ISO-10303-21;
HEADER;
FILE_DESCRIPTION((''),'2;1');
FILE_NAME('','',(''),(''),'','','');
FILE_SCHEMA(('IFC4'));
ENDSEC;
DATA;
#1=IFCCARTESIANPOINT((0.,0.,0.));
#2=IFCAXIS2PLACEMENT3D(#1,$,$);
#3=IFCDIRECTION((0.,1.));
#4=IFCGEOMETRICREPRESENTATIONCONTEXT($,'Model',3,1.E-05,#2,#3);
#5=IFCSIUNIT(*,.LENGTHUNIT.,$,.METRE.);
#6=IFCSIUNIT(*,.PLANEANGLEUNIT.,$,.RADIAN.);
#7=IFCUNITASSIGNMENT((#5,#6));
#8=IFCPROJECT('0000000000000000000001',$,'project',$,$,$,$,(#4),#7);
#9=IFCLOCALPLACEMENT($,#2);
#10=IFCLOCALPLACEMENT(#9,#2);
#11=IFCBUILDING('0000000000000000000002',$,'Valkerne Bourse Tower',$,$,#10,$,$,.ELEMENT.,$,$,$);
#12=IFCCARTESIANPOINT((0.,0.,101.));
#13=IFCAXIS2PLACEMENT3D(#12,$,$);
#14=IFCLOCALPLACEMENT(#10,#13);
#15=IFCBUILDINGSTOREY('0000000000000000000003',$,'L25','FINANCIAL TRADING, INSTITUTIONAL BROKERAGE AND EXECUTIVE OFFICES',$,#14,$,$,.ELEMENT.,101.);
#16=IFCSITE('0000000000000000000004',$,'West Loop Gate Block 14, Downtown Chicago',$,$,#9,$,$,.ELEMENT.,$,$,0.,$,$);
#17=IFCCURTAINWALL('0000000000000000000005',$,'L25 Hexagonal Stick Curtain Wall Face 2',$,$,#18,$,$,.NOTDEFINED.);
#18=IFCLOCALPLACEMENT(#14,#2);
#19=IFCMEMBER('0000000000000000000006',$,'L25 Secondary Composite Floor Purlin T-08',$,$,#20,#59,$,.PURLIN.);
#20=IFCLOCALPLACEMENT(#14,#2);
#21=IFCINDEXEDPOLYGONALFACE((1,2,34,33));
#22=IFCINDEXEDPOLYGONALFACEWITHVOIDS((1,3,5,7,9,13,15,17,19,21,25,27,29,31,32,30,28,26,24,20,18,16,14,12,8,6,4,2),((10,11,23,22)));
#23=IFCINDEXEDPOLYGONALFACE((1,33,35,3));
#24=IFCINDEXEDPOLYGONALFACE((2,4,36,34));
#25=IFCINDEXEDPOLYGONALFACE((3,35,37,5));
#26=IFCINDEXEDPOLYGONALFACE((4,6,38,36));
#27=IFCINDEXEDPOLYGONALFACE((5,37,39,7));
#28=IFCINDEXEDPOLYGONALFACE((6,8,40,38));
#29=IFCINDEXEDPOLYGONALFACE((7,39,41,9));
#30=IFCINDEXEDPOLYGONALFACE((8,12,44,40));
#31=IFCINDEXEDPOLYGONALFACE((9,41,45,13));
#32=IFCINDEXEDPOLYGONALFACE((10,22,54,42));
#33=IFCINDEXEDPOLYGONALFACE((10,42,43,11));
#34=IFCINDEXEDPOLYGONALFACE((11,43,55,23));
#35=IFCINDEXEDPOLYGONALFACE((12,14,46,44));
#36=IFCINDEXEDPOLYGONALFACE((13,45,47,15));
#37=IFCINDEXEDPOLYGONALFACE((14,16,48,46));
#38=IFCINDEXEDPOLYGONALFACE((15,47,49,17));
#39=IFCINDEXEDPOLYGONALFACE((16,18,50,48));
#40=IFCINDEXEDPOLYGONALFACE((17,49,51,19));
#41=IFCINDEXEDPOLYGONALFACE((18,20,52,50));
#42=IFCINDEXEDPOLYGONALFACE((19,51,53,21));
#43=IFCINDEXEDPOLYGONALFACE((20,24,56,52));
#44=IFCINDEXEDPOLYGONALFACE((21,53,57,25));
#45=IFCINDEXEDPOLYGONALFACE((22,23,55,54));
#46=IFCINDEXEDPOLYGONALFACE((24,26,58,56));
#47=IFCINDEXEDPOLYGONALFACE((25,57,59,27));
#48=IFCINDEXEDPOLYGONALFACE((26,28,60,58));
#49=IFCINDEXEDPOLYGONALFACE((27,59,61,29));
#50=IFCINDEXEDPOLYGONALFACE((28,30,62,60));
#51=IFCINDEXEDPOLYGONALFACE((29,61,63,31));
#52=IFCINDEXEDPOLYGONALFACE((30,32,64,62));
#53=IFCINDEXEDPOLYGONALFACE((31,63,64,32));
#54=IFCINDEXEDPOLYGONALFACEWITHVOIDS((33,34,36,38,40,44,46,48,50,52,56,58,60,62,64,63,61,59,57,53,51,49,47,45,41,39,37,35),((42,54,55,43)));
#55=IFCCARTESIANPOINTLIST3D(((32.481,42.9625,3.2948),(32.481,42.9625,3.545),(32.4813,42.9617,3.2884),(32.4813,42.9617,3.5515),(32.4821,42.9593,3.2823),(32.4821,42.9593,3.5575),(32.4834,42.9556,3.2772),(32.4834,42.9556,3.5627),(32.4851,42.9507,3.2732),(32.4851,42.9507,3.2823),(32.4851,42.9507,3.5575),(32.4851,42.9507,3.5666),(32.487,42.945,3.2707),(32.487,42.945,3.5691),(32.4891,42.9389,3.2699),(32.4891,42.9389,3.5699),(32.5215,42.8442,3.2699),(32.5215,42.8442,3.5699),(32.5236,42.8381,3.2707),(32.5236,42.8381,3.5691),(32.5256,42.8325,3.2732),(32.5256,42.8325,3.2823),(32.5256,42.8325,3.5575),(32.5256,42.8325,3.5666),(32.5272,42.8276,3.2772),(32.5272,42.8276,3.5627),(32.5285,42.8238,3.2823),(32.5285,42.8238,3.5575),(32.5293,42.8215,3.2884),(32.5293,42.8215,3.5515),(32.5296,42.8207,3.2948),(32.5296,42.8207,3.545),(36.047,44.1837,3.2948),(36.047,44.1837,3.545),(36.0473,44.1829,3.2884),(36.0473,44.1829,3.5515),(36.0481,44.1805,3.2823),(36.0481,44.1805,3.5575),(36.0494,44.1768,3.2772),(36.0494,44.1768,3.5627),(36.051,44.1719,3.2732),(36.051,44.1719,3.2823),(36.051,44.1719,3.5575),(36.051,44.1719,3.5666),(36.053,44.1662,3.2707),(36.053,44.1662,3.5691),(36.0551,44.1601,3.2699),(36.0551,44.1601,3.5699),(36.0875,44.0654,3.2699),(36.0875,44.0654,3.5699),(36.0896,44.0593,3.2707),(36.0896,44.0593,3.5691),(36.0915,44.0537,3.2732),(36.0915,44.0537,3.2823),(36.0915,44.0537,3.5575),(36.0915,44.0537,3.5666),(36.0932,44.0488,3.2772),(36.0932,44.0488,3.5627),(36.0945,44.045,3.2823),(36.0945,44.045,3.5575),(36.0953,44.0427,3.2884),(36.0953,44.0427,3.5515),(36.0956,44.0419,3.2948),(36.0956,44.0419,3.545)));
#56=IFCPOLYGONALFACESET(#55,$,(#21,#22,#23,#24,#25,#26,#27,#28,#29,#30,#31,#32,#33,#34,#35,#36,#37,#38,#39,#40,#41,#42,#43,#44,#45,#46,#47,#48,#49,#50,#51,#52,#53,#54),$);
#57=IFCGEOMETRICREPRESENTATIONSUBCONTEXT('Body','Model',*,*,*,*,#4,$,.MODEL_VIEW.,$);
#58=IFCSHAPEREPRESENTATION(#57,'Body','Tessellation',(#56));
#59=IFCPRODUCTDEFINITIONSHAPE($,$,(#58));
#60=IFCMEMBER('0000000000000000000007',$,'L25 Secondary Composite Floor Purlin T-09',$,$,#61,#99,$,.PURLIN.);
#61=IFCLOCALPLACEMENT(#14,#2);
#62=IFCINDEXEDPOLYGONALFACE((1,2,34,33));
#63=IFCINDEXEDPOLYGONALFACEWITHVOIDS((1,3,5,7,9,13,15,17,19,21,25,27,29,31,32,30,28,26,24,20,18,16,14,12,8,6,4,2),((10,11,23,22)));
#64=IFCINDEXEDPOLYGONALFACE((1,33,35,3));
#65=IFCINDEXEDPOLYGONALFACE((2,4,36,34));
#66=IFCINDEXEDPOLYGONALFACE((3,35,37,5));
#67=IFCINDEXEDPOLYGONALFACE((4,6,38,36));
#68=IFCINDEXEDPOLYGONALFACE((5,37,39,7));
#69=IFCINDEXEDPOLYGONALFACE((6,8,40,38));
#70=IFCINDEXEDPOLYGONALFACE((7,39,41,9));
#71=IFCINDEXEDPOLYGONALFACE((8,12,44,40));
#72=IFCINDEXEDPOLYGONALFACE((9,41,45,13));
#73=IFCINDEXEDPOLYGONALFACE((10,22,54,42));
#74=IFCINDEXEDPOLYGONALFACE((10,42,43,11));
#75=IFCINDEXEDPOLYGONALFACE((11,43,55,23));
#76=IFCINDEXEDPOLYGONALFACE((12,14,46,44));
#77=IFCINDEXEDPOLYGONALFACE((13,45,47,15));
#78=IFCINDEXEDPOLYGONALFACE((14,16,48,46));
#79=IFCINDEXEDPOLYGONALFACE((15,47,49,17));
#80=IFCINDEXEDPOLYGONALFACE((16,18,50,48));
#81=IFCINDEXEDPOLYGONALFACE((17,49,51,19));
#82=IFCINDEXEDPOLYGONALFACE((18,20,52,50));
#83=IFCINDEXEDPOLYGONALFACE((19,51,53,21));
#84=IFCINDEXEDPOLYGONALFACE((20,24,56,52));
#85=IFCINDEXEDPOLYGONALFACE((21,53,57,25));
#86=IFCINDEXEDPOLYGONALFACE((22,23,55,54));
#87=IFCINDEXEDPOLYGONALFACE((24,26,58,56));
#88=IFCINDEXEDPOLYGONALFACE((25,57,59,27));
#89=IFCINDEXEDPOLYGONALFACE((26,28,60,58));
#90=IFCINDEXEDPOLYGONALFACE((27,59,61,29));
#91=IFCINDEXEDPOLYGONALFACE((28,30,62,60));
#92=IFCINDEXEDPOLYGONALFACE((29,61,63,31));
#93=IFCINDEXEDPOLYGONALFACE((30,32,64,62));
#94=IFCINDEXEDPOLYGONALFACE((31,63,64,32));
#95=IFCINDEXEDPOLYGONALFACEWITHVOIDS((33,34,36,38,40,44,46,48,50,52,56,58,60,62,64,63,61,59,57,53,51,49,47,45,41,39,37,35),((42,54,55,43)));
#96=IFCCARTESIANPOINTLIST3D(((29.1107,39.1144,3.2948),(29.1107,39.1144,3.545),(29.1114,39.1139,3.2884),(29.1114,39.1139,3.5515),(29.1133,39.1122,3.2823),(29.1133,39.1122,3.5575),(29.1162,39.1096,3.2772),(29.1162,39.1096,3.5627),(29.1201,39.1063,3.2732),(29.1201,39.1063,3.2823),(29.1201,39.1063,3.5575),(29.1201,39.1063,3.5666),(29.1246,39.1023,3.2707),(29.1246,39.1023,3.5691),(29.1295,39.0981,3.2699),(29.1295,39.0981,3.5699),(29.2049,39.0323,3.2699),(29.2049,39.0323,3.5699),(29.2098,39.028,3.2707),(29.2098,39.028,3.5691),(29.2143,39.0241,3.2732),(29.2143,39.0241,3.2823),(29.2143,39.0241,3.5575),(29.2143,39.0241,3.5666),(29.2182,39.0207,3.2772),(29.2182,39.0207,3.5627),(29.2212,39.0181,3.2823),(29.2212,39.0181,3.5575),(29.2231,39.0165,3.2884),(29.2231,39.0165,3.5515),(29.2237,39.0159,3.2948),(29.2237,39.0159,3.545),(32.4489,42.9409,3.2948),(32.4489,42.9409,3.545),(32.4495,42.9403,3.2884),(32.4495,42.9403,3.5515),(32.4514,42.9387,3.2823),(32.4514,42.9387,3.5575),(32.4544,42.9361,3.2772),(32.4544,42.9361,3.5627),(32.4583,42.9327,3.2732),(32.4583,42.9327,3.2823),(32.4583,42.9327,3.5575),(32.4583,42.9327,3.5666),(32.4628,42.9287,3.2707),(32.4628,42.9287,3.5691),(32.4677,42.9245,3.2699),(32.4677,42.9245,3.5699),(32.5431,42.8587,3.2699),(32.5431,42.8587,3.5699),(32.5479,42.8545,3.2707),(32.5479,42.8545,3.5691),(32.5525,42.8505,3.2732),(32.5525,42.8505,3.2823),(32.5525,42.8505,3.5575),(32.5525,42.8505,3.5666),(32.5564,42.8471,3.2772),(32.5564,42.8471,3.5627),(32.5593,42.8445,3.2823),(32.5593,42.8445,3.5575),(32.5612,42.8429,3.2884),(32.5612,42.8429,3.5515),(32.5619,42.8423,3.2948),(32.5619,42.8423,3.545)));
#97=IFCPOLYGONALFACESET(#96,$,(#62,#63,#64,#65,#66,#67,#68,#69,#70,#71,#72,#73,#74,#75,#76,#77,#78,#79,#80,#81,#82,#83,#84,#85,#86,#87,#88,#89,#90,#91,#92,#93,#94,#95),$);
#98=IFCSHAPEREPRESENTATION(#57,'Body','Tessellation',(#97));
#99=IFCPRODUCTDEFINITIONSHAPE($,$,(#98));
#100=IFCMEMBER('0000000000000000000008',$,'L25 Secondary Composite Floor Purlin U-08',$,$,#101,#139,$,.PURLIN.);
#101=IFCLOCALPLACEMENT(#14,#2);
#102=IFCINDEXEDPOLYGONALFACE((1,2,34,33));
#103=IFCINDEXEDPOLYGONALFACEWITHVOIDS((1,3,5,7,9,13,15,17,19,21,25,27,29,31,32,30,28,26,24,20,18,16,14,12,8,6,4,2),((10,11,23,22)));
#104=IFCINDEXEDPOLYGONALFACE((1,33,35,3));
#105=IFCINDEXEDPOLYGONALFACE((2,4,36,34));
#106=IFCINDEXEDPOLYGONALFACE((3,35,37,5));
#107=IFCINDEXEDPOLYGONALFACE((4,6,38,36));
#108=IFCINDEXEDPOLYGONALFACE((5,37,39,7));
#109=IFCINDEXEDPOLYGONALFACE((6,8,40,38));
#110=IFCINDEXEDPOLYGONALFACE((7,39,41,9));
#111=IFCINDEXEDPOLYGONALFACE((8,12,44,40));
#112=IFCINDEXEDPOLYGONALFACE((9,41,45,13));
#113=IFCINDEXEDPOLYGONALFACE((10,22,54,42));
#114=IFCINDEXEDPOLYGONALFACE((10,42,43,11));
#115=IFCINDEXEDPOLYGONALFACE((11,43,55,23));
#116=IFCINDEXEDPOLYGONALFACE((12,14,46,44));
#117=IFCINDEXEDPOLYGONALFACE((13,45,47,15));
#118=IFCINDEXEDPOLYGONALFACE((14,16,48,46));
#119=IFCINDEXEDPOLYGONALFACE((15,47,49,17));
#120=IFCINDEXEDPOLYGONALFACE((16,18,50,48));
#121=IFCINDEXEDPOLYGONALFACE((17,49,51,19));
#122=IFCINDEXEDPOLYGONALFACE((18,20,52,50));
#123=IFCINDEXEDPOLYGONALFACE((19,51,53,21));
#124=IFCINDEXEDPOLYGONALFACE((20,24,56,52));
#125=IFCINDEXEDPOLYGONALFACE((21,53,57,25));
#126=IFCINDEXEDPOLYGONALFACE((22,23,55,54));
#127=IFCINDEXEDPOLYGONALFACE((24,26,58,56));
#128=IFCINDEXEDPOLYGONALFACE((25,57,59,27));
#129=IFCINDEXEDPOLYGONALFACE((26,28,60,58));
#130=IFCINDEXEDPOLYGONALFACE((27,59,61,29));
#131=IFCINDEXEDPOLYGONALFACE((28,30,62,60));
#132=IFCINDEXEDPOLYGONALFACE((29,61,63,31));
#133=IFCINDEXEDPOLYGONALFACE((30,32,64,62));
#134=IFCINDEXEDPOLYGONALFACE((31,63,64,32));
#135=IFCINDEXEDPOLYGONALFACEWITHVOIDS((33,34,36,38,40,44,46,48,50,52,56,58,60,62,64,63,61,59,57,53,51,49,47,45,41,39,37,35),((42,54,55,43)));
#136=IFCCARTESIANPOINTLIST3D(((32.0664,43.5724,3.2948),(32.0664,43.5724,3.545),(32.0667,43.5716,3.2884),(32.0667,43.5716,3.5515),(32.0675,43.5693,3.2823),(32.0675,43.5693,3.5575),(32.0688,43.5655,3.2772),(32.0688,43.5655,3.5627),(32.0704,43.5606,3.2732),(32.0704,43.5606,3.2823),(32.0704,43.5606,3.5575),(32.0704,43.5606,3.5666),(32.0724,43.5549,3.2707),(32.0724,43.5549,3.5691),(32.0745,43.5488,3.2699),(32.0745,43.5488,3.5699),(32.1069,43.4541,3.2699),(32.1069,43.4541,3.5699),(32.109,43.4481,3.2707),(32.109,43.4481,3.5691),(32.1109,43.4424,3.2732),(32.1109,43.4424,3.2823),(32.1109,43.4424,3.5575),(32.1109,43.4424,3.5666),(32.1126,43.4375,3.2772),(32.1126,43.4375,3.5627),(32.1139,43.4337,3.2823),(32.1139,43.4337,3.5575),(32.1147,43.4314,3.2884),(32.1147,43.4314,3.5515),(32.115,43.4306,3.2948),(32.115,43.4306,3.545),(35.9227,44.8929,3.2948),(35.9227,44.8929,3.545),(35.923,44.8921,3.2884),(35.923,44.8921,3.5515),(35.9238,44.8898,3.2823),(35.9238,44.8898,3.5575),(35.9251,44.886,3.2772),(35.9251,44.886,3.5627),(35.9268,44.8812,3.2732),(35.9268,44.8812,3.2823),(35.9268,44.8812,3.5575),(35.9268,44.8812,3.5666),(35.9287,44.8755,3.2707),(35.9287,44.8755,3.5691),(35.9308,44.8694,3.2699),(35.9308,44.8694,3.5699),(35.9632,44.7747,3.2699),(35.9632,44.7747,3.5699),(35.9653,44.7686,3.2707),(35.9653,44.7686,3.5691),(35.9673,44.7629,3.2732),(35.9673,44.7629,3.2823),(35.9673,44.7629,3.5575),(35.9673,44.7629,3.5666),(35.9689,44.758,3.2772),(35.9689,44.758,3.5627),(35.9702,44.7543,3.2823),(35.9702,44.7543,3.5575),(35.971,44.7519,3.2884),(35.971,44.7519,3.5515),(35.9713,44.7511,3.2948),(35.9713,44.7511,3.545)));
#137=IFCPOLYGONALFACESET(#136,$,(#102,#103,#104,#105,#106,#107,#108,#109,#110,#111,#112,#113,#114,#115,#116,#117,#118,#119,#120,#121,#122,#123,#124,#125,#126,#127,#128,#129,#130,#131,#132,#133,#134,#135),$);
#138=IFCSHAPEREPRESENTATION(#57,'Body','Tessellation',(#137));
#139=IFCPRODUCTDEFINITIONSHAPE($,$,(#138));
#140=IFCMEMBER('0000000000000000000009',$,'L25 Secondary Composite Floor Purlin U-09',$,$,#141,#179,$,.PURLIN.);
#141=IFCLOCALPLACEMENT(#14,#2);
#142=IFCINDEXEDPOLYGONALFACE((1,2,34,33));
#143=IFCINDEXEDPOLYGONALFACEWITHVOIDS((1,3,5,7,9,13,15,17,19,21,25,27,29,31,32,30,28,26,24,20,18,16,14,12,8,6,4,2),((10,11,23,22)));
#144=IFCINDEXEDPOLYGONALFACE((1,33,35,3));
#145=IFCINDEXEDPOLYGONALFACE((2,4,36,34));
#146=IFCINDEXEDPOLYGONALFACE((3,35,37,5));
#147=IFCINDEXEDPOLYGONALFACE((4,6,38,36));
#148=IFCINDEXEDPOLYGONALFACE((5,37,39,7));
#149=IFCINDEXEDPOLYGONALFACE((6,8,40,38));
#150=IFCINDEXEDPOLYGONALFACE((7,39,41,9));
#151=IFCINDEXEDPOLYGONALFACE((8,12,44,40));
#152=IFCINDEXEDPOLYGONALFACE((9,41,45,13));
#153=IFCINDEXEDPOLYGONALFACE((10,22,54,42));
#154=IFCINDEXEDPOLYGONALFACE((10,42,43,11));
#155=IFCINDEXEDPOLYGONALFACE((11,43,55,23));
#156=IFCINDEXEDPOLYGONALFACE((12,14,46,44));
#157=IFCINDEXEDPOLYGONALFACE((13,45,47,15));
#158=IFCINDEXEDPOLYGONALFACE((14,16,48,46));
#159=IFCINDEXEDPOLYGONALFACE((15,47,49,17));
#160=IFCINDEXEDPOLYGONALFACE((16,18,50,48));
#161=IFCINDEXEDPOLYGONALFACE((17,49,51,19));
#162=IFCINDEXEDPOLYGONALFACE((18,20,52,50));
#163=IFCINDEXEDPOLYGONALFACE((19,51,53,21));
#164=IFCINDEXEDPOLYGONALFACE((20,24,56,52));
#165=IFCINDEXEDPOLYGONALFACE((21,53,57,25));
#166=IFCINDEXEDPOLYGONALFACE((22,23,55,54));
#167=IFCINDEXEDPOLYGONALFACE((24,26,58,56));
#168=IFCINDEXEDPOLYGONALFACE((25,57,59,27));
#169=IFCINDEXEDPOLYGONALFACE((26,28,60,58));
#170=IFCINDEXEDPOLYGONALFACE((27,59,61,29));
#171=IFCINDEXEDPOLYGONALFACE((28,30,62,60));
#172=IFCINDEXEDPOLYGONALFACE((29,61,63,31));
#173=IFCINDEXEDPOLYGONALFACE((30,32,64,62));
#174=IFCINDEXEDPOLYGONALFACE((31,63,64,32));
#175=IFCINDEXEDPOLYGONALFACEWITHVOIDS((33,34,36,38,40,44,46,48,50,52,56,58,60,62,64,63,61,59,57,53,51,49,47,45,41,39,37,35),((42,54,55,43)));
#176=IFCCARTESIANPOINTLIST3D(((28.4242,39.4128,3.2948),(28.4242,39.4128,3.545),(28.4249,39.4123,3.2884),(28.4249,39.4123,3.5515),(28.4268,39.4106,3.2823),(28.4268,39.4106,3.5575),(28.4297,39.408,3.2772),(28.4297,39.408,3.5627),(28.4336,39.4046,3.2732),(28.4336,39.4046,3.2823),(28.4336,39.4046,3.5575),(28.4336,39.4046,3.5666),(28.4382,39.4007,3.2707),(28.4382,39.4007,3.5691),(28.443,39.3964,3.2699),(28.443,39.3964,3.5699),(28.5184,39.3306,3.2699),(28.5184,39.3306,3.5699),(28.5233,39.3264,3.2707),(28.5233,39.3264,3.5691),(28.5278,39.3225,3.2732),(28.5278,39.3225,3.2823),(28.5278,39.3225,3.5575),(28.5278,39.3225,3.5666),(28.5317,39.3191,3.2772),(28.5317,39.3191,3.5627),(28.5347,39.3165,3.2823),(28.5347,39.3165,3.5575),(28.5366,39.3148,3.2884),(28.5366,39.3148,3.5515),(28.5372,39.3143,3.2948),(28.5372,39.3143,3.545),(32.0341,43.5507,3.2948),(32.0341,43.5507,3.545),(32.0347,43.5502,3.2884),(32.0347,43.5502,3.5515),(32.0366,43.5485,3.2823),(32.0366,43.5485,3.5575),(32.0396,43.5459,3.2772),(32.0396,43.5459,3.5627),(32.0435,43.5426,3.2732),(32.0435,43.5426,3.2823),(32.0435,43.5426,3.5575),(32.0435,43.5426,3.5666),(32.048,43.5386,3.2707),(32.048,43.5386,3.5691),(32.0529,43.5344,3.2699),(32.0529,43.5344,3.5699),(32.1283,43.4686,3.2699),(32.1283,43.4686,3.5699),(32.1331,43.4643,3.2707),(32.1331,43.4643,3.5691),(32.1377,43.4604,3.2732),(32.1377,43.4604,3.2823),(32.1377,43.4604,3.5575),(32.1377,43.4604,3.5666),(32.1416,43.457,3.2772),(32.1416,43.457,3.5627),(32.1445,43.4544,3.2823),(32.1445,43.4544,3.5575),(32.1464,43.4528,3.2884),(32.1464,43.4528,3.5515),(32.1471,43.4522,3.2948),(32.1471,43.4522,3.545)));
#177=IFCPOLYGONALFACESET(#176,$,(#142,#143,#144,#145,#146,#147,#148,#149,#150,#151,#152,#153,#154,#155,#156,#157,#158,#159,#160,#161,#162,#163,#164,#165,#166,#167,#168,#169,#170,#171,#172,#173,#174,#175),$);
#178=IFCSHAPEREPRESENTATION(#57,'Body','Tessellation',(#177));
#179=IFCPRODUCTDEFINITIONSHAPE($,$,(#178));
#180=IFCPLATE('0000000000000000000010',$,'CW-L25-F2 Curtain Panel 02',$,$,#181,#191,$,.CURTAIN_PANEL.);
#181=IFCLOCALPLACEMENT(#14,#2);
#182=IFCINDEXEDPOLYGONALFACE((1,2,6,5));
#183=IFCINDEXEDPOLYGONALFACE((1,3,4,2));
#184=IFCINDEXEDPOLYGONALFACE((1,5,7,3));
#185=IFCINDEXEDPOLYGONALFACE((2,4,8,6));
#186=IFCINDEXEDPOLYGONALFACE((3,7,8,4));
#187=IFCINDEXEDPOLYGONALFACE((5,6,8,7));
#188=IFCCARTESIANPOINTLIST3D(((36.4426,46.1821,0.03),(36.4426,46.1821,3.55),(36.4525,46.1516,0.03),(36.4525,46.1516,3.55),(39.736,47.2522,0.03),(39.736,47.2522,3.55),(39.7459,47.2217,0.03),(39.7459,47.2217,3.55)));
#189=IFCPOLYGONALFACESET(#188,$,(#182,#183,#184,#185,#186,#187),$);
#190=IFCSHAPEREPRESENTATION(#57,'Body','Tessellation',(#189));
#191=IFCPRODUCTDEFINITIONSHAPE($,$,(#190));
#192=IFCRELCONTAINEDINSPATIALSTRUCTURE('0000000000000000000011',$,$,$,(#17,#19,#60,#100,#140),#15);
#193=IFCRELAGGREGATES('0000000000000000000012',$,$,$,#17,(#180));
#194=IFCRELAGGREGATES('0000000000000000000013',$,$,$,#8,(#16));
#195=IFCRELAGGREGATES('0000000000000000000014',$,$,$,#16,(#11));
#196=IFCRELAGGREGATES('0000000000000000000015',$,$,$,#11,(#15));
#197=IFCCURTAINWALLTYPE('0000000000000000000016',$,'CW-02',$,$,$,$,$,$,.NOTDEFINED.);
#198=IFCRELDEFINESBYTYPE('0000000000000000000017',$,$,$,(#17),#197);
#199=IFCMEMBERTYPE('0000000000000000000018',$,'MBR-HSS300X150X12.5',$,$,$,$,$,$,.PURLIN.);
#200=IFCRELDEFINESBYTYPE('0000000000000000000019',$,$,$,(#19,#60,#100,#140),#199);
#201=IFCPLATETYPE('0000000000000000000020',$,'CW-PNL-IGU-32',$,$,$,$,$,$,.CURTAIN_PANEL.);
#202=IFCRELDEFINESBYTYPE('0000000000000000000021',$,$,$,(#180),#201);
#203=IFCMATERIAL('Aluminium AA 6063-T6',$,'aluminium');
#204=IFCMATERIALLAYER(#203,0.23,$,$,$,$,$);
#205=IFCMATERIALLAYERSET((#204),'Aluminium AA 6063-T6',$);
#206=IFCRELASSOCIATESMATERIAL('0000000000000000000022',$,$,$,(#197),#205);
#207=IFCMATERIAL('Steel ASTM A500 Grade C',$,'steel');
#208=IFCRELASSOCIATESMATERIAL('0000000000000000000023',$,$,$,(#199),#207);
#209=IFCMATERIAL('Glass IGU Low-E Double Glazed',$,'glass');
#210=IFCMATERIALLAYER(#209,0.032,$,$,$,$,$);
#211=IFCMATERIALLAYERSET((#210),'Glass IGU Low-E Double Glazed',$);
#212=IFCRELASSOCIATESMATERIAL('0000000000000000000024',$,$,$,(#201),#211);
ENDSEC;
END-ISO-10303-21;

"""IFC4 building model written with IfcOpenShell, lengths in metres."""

from ifc_helpers import new_model, si_unit, direction, frame, origin, origin_2d, place, context, subcontext, project, spatial, rectangle, hollow_rectangle, extrude, material, layer, layer_set, material_profile, profile_set, type_object, element, aggregate, save


model = new_model("IFC4")

# Units and contexts
model_context = context("Model", 3, precision=1e-05, world=origin(), true_north=direction((0.0, 1.0)))
body_context = subcontext(model_context, "Body", "Model", "MODEL_VIEW")
ifc_project = project(units=[si_unit("LENGTHUNIT", "METRE"), si_unit("PLANEANGLEUNIT", "RADIAN")], contexts=[model_context])

# Site, building, storey
site_placement = place(None, origin())
site = spatial("IfcSite", under=ifc_project, at=site_placement, Name="West Loop Gate Block 14, Downtown Chicago", CompositionType="ELEMENT", RefElevation=0.0)
building_placement = place(site_placement, origin())
building = spatial("IfcBuilding", under=site, at=building_placement, Name="Valkerne Bourse Tower", CompositionType="ELEMENT")
storey_placement = place(building_placement, frame((0.0, 0.0, 101.0)))
storey = spatial("IfcBuildingStorey", under=building, at=storey_placement, Name="L25", Description="FINANCIAL TRADING, INSTITUTIONAL BROKERAGE AND EXECUTIVE OFFICES", CompositionType="ELEMENT", Elevation=101.0)

# Curtain wall
ifc_material_1 = material(Name="Aluminium AA 6063-T6", Category="aluminium")
ifc_layer_1 = layer(ifc_material_1, 0.23)
ifc_layer_set_1 = layer_set([ifc_layer_1], Name="Aluminium AA 6063-T6")
curtain_wall_type = type_object("IfcCurtainWallType", Name="CW-02", PredefinedType="NOTDEFINED", material=ifc_layer_set_1)
curtain_wall_1_placement = place(storey_placement, origin())
curtain_wall_1 = element("IfcCurtainWall", 1, at=curtain_wall_1_placement, inside=storey, type_object=curtain_wall_type, Name="L25 Hexagonal Stick Curtain Wall Face 2", PredefinedType="NOTDEFINED")

# Members
ifc_material_2 = material(Name="Steel ASTM A500 Grade C", Category="steel")
ifc_material_profile_1 = material_profile(ifc_material_2, hollow_rectangle(XDim=0.1499, YDim=0.3, WallThickness=0.0125, OuterFilletRadius=0.0249, at=origin_2d()), Name="HSS300X150X12.5")
ifc_profile_set_1 = profile_set([ifc_material_profile_1], Name="Steel ASTM A500 Grade C")
member_type_1 = type_object("IfcMemberType", Name="MBR-HSS300X150X12.5", PredefinedType="PURLIN", material=ifc_profile_set_1)
member_1_placement = place(storey_placement, frame((36.0713, 44.1128, 3.4199), z_axis=(-0.946061, -0.32399, 0.0), x_axis=(0.32399, -0.946061, 0.0)))
element("IfcMember", 2, at=member_1_placement, inside=storey, type_object=member_type_1, Name="L25 Secondary Composite Floor Purlin T-08", PredefinedType="PURLIN", context=body_context, shape_type="SweptSolid", body=[
    extrude(hollow_rectangle(XDim=0.1499, YDim=0.3, WallThickness=0.0125, OuterFilletRadius=0.0249, at=origin_2d()), origin(), (0.0, 0.0, 1.0), 3.7693),
])
member_2_placement = place(storey_placement, frame((32.5054, 42.8916, 3.4199), z_axis=(-0.657391, -0.75355, 0.0), x_axis=(0.75355, -0.657391, 0.0)))
element("IfcMember", 3, at=member_2_placement, inside=storey, type_object=member_type_1, Name="L25 Secondary Composite Floor Purlin T-09", PredefinedType="PURLIN", context=body_context, shape_type="SweptSolid", body=[
    extrude(hollow_rectangle(XDim=0.1499, YDim=0.3, WallThickness=0.0125, OuterFilletRadius=0.0249, at=origin_2d()), origin(), (0.0, 0.0, 1.0), 5.0779),
])
member_3_placement = place(storey_placement, frame((35.947, 44.822, 3.4199), z_axis=(-0.94607, -0.323961, 0.0), x_axis=(0.323961, -0.94607, 0.0)))
element("IfcMember", 4, at=member_3_placement, inside=storey, type_object=member_type_1, Name="L25 Secondary Composite Floor Purlin U-08", PredefinedType="PURLIN", context=body_context, shape_type="SweptSolid", body=[
    extrude(hollow_rectangle(XDim=0.1499, YDim=0.3, WallThickness=0.0125, OuterFilletRadius=0.0249, at=origin_2d()), origin(), (0.0, 0.0, 1.0), 4.0762),
])
member_4_placement = place(storey_placement, frame((32.0906, 43.5015, 3.4199), z_axis=(-0.657386, -0.753554, 0.0), x_axis=(0.753554, -0.657386, 0.0)))
element("IfcMember", 5, at=member_4_placement, inside=storey, type_object=member_type_1, Name="L25 Secondary Composite Floor Purlin U-09", PredefinedType="PURLIN", context=body_context, shape_type="SweptSolid", body=[
    extrude(hollow_rectangle(XDim=0.1499, YDim=0.3, WallThickness=0.0125, OuterFilletRadius=0.0249, at=origin_2d()), origin(), (0.0, 0.0, 1.0), 5.4912),
])

# Plate
ifc_material_3 = material(Name="Glass IGU Low-E Double Glazed", Category="glass")
ifc_layer_2 = layer(ifc_material_3, 0.032)
ifc_layer_set_2 = layer_set([ifc_layer_2], Name="Glass IGU Low-E Double Glazed")
plate_type = type_object("IfcPlateType", Name="CW-PNL-IGU-32", PredefinedType="CURTAIN_PANEL", material=ifc_layer_set_2)
plate_1_placement = place(storey_placement, frame((38.0942, 46.7019, 0.03), z_axis=(0.0, 0.0, 1.0), x_axis=(-0.951056, -0.309018, 0.0)))
plate_1 = element("IfcPlate", 6, at=plate_1_placement, type_object=plate_type, Name="CW-L25-F2 Curtain Panel 02", PredefinedType="CURTAIN_PANEL", context=body_context, shape_type="SweptSolid", body=[
    extrude(rectangle(XDim=3.4629, YDim=0.032, at=origin_2d()), origin(), (0.0, 0.0, 1.0), 3.52),
])
aggregate(curtain_wall_1, [plate_1])

save(model, "model.ifc")
